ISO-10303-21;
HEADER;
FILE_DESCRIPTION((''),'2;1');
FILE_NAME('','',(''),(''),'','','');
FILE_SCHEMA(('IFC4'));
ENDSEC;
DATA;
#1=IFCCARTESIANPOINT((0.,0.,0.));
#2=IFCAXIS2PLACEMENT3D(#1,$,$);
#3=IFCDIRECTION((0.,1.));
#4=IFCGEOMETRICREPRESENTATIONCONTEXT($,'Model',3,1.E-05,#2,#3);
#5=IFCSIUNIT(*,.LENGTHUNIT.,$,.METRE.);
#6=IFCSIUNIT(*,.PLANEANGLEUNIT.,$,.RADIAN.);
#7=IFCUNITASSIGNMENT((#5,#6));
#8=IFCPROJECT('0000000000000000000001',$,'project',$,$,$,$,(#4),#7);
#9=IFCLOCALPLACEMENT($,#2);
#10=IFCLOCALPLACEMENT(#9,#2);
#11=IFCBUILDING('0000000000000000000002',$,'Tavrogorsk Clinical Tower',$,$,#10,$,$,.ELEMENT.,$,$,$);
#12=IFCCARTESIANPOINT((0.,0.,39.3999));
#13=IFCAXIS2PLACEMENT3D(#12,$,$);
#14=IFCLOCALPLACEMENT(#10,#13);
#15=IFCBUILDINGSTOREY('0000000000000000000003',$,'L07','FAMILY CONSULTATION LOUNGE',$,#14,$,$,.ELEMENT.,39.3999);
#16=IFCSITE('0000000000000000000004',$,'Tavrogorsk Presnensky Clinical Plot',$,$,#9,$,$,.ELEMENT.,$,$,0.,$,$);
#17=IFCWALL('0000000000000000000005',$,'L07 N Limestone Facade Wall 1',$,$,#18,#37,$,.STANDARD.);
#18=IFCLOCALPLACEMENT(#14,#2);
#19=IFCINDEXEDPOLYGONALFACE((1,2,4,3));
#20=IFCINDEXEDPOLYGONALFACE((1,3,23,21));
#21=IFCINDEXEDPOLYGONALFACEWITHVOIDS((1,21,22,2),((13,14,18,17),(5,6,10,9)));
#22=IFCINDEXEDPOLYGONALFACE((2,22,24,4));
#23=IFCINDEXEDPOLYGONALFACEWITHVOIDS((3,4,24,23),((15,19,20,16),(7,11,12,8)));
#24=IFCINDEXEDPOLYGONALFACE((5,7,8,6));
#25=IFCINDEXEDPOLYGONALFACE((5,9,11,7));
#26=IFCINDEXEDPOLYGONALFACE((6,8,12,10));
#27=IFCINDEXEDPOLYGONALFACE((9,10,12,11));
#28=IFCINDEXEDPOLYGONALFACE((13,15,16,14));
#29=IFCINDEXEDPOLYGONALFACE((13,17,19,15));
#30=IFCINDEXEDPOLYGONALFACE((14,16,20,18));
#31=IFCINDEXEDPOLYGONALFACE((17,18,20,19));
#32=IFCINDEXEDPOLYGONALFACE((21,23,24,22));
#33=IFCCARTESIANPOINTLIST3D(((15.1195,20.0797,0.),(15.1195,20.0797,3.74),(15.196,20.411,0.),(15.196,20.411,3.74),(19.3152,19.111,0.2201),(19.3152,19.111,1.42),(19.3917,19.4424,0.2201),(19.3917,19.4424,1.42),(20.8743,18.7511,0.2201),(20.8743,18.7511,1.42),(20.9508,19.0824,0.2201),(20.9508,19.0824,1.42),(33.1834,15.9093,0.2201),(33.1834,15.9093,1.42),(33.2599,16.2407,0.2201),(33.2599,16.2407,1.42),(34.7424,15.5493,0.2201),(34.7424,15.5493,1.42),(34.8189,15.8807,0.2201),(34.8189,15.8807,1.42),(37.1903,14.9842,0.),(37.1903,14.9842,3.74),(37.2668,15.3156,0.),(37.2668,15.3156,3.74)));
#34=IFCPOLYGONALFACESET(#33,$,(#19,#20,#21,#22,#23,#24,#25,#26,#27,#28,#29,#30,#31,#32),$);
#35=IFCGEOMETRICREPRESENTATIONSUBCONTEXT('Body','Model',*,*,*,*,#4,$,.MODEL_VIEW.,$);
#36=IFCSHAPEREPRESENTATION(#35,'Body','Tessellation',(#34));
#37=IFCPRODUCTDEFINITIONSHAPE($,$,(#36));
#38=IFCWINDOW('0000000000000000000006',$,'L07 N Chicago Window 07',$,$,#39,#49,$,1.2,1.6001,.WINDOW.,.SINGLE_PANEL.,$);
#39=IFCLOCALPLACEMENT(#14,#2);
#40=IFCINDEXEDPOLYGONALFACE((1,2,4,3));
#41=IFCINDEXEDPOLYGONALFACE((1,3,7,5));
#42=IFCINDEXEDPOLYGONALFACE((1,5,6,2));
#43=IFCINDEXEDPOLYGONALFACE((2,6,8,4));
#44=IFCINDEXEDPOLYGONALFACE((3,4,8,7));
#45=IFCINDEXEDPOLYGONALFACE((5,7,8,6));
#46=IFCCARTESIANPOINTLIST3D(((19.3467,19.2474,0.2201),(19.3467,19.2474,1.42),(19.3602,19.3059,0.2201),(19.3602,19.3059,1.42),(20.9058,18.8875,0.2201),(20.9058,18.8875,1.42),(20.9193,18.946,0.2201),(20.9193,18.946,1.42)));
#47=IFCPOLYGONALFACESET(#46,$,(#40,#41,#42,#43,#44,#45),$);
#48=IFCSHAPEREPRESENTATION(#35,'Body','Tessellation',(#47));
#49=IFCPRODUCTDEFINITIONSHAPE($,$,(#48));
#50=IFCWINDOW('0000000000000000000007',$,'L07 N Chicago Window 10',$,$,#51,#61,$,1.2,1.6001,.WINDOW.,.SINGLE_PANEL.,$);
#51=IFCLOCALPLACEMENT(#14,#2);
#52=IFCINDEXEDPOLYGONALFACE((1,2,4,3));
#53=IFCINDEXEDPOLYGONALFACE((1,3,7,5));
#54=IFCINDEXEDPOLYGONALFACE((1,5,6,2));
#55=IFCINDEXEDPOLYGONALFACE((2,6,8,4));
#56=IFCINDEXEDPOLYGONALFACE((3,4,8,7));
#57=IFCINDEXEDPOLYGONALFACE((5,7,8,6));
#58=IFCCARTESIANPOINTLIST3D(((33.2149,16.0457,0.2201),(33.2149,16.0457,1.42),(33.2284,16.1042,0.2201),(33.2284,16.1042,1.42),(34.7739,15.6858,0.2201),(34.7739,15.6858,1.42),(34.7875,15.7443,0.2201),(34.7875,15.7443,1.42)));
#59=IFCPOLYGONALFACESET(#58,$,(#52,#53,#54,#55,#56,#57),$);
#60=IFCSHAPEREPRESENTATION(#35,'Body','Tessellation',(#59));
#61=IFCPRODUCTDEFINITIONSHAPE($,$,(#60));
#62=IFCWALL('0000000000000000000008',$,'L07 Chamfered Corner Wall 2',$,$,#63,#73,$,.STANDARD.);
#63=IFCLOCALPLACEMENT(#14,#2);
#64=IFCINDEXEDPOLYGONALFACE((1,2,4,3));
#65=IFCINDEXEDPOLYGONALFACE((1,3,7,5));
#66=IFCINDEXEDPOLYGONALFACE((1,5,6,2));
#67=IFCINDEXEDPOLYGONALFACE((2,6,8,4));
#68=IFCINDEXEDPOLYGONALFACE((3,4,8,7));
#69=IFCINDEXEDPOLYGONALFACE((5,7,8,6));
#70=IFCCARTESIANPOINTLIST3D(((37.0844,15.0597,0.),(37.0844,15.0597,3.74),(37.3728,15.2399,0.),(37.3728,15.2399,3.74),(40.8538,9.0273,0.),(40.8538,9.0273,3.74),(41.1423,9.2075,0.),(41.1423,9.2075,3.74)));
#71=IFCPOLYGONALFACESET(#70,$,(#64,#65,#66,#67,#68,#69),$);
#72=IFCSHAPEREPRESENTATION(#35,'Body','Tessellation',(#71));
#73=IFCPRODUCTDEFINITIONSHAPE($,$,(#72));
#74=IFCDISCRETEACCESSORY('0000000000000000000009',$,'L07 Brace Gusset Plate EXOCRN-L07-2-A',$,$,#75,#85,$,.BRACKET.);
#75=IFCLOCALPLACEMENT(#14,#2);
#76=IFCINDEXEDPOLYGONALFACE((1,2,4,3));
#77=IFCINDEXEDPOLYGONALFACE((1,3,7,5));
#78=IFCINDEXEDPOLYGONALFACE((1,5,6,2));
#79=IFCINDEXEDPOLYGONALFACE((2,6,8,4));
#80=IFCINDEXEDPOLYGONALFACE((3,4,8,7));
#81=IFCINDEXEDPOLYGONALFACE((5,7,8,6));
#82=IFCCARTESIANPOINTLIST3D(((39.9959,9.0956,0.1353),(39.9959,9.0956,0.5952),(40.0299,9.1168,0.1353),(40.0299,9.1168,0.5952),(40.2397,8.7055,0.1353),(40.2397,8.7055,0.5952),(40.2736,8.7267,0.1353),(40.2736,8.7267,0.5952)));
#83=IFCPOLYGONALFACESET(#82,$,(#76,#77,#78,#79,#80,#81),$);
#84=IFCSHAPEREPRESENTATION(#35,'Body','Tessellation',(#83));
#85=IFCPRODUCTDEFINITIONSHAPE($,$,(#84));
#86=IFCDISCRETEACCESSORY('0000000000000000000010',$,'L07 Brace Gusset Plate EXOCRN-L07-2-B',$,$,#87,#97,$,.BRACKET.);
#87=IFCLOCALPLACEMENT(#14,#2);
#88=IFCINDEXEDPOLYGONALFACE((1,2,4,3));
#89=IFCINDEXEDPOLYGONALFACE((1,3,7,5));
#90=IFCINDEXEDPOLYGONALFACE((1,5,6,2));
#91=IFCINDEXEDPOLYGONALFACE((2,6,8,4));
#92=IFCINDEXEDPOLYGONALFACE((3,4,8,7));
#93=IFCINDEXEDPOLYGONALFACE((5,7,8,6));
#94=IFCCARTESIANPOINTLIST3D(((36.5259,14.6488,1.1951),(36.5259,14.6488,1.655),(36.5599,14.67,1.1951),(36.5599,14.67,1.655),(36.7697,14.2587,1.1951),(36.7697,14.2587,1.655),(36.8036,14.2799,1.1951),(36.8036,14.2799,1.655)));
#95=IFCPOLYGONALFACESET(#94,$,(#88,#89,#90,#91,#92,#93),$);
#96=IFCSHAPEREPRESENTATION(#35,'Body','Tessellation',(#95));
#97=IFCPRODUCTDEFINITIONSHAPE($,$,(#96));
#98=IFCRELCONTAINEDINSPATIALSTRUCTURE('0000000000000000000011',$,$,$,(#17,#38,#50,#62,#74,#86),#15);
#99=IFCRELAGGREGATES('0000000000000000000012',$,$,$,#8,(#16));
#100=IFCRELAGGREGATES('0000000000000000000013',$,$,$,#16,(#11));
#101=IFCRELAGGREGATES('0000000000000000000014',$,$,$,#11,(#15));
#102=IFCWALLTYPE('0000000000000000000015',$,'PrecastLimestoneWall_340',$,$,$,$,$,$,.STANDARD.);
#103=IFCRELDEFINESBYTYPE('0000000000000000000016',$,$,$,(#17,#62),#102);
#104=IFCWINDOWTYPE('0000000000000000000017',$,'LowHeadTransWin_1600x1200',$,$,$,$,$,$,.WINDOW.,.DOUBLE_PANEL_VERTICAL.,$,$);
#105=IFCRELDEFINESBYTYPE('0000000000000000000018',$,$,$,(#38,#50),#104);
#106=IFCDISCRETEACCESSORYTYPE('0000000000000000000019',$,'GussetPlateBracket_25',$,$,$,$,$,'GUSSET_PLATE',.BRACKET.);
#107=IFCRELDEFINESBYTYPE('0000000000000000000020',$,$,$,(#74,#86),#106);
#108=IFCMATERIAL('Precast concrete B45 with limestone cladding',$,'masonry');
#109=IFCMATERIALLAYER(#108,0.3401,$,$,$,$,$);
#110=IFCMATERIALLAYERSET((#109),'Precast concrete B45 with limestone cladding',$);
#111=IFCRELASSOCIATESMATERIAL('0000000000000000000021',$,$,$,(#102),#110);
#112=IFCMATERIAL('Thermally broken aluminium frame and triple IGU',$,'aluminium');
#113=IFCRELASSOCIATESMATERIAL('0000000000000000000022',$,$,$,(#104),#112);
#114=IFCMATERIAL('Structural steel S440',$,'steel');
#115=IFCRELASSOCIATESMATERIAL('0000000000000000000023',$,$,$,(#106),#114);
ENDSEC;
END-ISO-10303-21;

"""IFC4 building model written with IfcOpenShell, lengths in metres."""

from ifc_helpers import new_model, si_unit, direction, frame, frame_2d, origin, origin_2d, place, context, subcontext, project, spatial, rectangle, extrude, material, layer, layer_set, type_object, element, fill, save


model = new_model("IFC4")

# Units and contexts
model_context = context("Model", 3, precision=1e-05, world=origin(), true_north=direction((0.0, 1.0)))
body_context = subcontext(model_context, "Body", "Model", "MODEL_VIEW")
ifc_project = project(units=[si_unit("LENGTHUNIT", "METRE"), si_unit("PLANEANGLEUNIT", "RADIAN")], contexts=[model_context])

# Site, building, storey
site_placement = place(None, origin())
site = spatial("IfcSite", under=ifc_project, at=site_placement, Name="Tavrogorsk Presnensky Clinical Plot", CompositionType="ELEMENT", RefElevation=0.0)
building_placement = place(site_placement, origin())
building = spatial("IfcBuilding", under=site, at=building_placement, Name="Tavrogorsk Clinical Tower", CompositionType="ELEMENT")
storey_placement = place(building_placement, frame((0.0, 0.0, 39.3999)))
storey = spatial("IfcBuildingStorey", under=building, at=storey_placement, Name="L07", Description="FAMILY CONSULTATION LOUNGE", CompositionType="ELEMENT", Elevation=39.3999)

# Wall, openings, windows
ifc_material_1 = material(Name="Precast concrete B45 with limestone cladding", Category="masonry")
ifc_layer_1 = layer(ifc_material_1, 0.3401)
ifc_layer_set_1 = layer_set([ifc_layer_1], Name="Precast concrete B45 with limestone cladding")
wall_type_1 = type_object("IfcWallType", Name="PrecastLimestoneWall_340", PredefinedType="STANDARD", material=ifc_layer_set_1)
wall_1_placement = place(storey_placement, frame((37.2285, 15.1499, 0.0), z_axis=(0.0, 0.0, 1.0), x_axis=(-0.97437, 0.224952, 0.0)))
wall_1 = element("IfcWall", 1, at=wall_1_placement, inside=storey, type_object=wall_type_1, Name="L07 N Limestone Facade Wall 1", PredefinedType="STANDARD", context=body_context, shape_type="SweptSolid", body=[
    extrude(rectangle(XDim=22.6514, YDim=0.3401, at=frame_2d((11.3257, 0.0))), origin(), (0.0, 0.0, 1.0), 3.74),
])
opening_1_placement = place(wall_1_placement, frame((16.7451, 0.0, 0.22)))
opening_1 = element("IfcOpeningElement", 2, at=opening_1_placement, cuts=wall_1, PredefinedType="OPENING", context=body_context, shape_type="SweptSolid", body=[
    extrude(rectangle(XDim=1.6001, YDim=1.2, at=frame_2d((0.8, 0.6001))), frame((0.0, 0.1799, 0.0), z_axis=(0.0, -1.0, 0.0), x_axis=(1.0, 0.0, 0.0)), (0.0, 0.0, 1.0), 0.3601),
])
opening_2_placement = place(wall_1_placement, frame((2.5122, 0.0, 0.22)))
opening_2 = element("IfcOpeningElement", 3, at=opening_2_placement, cuts=wall_1, PredefinedType="OPENING", context=body_context, shape_type="SweptSolid", body=[
    extrude(rectangle(XDim=1.6001, YDim=1.2, at=frame_2d((0.8, 0.6001))), frame((0.0, 0.1799, 0.0), z_axis=(0.0, -1.0, 0.0), x_axis=(1.0, 0.0, 0.0)), (0.0, 0.0, 1.0), 0.3601),
])
ifc_material_2 = material(Name="Thermally broken aluminium frame and triple IGU", Category="aluminium")
window_type = type_object("IfcWindowType", Name="LowHeadTransWin_1600x1200", PartitioningType="DOUBLE_PANEL_VERTICAL", PredefinedType="WINDOW", material=ifc_material_2)
window_1_placement = place(opening_1_placement, origin())
window_1 = element("IfcWindow", 4, at=window_1_placement, inside=storey, type_object=window_type, Name="L07 N Chicago Window 07", OverallHeight=1.2, OverallWidth=1.6001, PartitioningType="SINGLE_PANEL", PredefinedType="WINDOW", context=body_context, shape_type="SweptSolid", body=[
    extrude(rectangle(XDim=1.6001, YDim=1.2, at=frame_2d((0.8, 0.6001))), frame((0.0, 0.03, 0.0), z_axis=(0.0, -1.0, 0.0), x_axis=(1.0, 0.0, 0.0)), (0.0, 0.0, 1.0), 0.0601),
])
fill(opening_1, window_1)
window_2_placement = place(opening_2_placement, origin())
window_2 = element("IfcWindow", 5, at=window_2_placement, inside=storey, type_object=window_type, Name="L07 N Chicago Window 10", OverallHeight=1.2, OverallWidth=1.6001, PartitioningType="SINGLE_PANEL", PredefinedType="WINDOW", context=body_context, shape_type="SweptSolid", body=[
    extrude(rectangle(XDim=1.6001, YDim=1.2, at=frame_2d((0.8, 0.6001))), frame((0.0, 0.03, 0.0), z_axis=(0.0, -1.0, 0.0), x_axis=(1.0, 0.0, 0.0)), (0.0, 0.0, 1.0), 0.0601),
])
fill(opening_2, window_2)

# Wall
wall_2_placement = place(storey_placement, frame((40.998, 9.1174, 0.0), z_axis=(0.0, 0.0, 1.0), x_axis=(-0.529922, 0.848047, 0.0)))
element("IfcWall", 6, at=wall_2_placement, inside=storey, type_object=wall_type_1, Name="L07 Chamfered Corner Wall 2", PredefinedType="STANDARD", context=body_context, shape_type="SweptSolid", body=[
    extrude(rectangle(XDim=7.1133, YDim=0.3401, at=frame_2d((3.5566, 0.0))), origin(), (0.0, 0.0, 1.0), 3.74),
])

# Discrete accessories
ifc_material_3 = material(Name="Structural steel S440", Category="steel")
discrete_accessory_type = type_object("IfcDiscreteAccessoryType", Name="GussetPlateBracket_25", ElementType="GUSSET_PLATE", PredefinedType="BRACKET", material=ifc_material_3)
for number, where, z_axis, x_axis, name in (
    (7, (40.1348, 8.9111, 0.1353), (0.0, 0.0, 1.0), (-0.529919, 0.848048, 0.0), "L07 Brace Gusset Plate EXOCRN-L07-2-A"),
    (8, (36.6648, 14.4644, 1.1951), (0.0, 0.0, 1.0), (-0.529919, 0.848048, 0.0), "L07 Brace Gusset Plate EXOCRN-L07-2-B"),
):
    element("IfcDiscreteAccessory", number, at=place(storey_placement, frame(where, z_axis=z_axis, x_axis=x_axis)), inside=storey, type_object=discrete_accessory_type, Name=name, PredefinedType="BRACKET", context=body_context, shape_type="SweptSolid", body=[
        extrude(rectangle(XDim=0.46, YDim=0.04, at=origin_2d()), origin(), (0.0, 0.0, 1.0), 0.46),
    ])

save(model, "model.ifc")
